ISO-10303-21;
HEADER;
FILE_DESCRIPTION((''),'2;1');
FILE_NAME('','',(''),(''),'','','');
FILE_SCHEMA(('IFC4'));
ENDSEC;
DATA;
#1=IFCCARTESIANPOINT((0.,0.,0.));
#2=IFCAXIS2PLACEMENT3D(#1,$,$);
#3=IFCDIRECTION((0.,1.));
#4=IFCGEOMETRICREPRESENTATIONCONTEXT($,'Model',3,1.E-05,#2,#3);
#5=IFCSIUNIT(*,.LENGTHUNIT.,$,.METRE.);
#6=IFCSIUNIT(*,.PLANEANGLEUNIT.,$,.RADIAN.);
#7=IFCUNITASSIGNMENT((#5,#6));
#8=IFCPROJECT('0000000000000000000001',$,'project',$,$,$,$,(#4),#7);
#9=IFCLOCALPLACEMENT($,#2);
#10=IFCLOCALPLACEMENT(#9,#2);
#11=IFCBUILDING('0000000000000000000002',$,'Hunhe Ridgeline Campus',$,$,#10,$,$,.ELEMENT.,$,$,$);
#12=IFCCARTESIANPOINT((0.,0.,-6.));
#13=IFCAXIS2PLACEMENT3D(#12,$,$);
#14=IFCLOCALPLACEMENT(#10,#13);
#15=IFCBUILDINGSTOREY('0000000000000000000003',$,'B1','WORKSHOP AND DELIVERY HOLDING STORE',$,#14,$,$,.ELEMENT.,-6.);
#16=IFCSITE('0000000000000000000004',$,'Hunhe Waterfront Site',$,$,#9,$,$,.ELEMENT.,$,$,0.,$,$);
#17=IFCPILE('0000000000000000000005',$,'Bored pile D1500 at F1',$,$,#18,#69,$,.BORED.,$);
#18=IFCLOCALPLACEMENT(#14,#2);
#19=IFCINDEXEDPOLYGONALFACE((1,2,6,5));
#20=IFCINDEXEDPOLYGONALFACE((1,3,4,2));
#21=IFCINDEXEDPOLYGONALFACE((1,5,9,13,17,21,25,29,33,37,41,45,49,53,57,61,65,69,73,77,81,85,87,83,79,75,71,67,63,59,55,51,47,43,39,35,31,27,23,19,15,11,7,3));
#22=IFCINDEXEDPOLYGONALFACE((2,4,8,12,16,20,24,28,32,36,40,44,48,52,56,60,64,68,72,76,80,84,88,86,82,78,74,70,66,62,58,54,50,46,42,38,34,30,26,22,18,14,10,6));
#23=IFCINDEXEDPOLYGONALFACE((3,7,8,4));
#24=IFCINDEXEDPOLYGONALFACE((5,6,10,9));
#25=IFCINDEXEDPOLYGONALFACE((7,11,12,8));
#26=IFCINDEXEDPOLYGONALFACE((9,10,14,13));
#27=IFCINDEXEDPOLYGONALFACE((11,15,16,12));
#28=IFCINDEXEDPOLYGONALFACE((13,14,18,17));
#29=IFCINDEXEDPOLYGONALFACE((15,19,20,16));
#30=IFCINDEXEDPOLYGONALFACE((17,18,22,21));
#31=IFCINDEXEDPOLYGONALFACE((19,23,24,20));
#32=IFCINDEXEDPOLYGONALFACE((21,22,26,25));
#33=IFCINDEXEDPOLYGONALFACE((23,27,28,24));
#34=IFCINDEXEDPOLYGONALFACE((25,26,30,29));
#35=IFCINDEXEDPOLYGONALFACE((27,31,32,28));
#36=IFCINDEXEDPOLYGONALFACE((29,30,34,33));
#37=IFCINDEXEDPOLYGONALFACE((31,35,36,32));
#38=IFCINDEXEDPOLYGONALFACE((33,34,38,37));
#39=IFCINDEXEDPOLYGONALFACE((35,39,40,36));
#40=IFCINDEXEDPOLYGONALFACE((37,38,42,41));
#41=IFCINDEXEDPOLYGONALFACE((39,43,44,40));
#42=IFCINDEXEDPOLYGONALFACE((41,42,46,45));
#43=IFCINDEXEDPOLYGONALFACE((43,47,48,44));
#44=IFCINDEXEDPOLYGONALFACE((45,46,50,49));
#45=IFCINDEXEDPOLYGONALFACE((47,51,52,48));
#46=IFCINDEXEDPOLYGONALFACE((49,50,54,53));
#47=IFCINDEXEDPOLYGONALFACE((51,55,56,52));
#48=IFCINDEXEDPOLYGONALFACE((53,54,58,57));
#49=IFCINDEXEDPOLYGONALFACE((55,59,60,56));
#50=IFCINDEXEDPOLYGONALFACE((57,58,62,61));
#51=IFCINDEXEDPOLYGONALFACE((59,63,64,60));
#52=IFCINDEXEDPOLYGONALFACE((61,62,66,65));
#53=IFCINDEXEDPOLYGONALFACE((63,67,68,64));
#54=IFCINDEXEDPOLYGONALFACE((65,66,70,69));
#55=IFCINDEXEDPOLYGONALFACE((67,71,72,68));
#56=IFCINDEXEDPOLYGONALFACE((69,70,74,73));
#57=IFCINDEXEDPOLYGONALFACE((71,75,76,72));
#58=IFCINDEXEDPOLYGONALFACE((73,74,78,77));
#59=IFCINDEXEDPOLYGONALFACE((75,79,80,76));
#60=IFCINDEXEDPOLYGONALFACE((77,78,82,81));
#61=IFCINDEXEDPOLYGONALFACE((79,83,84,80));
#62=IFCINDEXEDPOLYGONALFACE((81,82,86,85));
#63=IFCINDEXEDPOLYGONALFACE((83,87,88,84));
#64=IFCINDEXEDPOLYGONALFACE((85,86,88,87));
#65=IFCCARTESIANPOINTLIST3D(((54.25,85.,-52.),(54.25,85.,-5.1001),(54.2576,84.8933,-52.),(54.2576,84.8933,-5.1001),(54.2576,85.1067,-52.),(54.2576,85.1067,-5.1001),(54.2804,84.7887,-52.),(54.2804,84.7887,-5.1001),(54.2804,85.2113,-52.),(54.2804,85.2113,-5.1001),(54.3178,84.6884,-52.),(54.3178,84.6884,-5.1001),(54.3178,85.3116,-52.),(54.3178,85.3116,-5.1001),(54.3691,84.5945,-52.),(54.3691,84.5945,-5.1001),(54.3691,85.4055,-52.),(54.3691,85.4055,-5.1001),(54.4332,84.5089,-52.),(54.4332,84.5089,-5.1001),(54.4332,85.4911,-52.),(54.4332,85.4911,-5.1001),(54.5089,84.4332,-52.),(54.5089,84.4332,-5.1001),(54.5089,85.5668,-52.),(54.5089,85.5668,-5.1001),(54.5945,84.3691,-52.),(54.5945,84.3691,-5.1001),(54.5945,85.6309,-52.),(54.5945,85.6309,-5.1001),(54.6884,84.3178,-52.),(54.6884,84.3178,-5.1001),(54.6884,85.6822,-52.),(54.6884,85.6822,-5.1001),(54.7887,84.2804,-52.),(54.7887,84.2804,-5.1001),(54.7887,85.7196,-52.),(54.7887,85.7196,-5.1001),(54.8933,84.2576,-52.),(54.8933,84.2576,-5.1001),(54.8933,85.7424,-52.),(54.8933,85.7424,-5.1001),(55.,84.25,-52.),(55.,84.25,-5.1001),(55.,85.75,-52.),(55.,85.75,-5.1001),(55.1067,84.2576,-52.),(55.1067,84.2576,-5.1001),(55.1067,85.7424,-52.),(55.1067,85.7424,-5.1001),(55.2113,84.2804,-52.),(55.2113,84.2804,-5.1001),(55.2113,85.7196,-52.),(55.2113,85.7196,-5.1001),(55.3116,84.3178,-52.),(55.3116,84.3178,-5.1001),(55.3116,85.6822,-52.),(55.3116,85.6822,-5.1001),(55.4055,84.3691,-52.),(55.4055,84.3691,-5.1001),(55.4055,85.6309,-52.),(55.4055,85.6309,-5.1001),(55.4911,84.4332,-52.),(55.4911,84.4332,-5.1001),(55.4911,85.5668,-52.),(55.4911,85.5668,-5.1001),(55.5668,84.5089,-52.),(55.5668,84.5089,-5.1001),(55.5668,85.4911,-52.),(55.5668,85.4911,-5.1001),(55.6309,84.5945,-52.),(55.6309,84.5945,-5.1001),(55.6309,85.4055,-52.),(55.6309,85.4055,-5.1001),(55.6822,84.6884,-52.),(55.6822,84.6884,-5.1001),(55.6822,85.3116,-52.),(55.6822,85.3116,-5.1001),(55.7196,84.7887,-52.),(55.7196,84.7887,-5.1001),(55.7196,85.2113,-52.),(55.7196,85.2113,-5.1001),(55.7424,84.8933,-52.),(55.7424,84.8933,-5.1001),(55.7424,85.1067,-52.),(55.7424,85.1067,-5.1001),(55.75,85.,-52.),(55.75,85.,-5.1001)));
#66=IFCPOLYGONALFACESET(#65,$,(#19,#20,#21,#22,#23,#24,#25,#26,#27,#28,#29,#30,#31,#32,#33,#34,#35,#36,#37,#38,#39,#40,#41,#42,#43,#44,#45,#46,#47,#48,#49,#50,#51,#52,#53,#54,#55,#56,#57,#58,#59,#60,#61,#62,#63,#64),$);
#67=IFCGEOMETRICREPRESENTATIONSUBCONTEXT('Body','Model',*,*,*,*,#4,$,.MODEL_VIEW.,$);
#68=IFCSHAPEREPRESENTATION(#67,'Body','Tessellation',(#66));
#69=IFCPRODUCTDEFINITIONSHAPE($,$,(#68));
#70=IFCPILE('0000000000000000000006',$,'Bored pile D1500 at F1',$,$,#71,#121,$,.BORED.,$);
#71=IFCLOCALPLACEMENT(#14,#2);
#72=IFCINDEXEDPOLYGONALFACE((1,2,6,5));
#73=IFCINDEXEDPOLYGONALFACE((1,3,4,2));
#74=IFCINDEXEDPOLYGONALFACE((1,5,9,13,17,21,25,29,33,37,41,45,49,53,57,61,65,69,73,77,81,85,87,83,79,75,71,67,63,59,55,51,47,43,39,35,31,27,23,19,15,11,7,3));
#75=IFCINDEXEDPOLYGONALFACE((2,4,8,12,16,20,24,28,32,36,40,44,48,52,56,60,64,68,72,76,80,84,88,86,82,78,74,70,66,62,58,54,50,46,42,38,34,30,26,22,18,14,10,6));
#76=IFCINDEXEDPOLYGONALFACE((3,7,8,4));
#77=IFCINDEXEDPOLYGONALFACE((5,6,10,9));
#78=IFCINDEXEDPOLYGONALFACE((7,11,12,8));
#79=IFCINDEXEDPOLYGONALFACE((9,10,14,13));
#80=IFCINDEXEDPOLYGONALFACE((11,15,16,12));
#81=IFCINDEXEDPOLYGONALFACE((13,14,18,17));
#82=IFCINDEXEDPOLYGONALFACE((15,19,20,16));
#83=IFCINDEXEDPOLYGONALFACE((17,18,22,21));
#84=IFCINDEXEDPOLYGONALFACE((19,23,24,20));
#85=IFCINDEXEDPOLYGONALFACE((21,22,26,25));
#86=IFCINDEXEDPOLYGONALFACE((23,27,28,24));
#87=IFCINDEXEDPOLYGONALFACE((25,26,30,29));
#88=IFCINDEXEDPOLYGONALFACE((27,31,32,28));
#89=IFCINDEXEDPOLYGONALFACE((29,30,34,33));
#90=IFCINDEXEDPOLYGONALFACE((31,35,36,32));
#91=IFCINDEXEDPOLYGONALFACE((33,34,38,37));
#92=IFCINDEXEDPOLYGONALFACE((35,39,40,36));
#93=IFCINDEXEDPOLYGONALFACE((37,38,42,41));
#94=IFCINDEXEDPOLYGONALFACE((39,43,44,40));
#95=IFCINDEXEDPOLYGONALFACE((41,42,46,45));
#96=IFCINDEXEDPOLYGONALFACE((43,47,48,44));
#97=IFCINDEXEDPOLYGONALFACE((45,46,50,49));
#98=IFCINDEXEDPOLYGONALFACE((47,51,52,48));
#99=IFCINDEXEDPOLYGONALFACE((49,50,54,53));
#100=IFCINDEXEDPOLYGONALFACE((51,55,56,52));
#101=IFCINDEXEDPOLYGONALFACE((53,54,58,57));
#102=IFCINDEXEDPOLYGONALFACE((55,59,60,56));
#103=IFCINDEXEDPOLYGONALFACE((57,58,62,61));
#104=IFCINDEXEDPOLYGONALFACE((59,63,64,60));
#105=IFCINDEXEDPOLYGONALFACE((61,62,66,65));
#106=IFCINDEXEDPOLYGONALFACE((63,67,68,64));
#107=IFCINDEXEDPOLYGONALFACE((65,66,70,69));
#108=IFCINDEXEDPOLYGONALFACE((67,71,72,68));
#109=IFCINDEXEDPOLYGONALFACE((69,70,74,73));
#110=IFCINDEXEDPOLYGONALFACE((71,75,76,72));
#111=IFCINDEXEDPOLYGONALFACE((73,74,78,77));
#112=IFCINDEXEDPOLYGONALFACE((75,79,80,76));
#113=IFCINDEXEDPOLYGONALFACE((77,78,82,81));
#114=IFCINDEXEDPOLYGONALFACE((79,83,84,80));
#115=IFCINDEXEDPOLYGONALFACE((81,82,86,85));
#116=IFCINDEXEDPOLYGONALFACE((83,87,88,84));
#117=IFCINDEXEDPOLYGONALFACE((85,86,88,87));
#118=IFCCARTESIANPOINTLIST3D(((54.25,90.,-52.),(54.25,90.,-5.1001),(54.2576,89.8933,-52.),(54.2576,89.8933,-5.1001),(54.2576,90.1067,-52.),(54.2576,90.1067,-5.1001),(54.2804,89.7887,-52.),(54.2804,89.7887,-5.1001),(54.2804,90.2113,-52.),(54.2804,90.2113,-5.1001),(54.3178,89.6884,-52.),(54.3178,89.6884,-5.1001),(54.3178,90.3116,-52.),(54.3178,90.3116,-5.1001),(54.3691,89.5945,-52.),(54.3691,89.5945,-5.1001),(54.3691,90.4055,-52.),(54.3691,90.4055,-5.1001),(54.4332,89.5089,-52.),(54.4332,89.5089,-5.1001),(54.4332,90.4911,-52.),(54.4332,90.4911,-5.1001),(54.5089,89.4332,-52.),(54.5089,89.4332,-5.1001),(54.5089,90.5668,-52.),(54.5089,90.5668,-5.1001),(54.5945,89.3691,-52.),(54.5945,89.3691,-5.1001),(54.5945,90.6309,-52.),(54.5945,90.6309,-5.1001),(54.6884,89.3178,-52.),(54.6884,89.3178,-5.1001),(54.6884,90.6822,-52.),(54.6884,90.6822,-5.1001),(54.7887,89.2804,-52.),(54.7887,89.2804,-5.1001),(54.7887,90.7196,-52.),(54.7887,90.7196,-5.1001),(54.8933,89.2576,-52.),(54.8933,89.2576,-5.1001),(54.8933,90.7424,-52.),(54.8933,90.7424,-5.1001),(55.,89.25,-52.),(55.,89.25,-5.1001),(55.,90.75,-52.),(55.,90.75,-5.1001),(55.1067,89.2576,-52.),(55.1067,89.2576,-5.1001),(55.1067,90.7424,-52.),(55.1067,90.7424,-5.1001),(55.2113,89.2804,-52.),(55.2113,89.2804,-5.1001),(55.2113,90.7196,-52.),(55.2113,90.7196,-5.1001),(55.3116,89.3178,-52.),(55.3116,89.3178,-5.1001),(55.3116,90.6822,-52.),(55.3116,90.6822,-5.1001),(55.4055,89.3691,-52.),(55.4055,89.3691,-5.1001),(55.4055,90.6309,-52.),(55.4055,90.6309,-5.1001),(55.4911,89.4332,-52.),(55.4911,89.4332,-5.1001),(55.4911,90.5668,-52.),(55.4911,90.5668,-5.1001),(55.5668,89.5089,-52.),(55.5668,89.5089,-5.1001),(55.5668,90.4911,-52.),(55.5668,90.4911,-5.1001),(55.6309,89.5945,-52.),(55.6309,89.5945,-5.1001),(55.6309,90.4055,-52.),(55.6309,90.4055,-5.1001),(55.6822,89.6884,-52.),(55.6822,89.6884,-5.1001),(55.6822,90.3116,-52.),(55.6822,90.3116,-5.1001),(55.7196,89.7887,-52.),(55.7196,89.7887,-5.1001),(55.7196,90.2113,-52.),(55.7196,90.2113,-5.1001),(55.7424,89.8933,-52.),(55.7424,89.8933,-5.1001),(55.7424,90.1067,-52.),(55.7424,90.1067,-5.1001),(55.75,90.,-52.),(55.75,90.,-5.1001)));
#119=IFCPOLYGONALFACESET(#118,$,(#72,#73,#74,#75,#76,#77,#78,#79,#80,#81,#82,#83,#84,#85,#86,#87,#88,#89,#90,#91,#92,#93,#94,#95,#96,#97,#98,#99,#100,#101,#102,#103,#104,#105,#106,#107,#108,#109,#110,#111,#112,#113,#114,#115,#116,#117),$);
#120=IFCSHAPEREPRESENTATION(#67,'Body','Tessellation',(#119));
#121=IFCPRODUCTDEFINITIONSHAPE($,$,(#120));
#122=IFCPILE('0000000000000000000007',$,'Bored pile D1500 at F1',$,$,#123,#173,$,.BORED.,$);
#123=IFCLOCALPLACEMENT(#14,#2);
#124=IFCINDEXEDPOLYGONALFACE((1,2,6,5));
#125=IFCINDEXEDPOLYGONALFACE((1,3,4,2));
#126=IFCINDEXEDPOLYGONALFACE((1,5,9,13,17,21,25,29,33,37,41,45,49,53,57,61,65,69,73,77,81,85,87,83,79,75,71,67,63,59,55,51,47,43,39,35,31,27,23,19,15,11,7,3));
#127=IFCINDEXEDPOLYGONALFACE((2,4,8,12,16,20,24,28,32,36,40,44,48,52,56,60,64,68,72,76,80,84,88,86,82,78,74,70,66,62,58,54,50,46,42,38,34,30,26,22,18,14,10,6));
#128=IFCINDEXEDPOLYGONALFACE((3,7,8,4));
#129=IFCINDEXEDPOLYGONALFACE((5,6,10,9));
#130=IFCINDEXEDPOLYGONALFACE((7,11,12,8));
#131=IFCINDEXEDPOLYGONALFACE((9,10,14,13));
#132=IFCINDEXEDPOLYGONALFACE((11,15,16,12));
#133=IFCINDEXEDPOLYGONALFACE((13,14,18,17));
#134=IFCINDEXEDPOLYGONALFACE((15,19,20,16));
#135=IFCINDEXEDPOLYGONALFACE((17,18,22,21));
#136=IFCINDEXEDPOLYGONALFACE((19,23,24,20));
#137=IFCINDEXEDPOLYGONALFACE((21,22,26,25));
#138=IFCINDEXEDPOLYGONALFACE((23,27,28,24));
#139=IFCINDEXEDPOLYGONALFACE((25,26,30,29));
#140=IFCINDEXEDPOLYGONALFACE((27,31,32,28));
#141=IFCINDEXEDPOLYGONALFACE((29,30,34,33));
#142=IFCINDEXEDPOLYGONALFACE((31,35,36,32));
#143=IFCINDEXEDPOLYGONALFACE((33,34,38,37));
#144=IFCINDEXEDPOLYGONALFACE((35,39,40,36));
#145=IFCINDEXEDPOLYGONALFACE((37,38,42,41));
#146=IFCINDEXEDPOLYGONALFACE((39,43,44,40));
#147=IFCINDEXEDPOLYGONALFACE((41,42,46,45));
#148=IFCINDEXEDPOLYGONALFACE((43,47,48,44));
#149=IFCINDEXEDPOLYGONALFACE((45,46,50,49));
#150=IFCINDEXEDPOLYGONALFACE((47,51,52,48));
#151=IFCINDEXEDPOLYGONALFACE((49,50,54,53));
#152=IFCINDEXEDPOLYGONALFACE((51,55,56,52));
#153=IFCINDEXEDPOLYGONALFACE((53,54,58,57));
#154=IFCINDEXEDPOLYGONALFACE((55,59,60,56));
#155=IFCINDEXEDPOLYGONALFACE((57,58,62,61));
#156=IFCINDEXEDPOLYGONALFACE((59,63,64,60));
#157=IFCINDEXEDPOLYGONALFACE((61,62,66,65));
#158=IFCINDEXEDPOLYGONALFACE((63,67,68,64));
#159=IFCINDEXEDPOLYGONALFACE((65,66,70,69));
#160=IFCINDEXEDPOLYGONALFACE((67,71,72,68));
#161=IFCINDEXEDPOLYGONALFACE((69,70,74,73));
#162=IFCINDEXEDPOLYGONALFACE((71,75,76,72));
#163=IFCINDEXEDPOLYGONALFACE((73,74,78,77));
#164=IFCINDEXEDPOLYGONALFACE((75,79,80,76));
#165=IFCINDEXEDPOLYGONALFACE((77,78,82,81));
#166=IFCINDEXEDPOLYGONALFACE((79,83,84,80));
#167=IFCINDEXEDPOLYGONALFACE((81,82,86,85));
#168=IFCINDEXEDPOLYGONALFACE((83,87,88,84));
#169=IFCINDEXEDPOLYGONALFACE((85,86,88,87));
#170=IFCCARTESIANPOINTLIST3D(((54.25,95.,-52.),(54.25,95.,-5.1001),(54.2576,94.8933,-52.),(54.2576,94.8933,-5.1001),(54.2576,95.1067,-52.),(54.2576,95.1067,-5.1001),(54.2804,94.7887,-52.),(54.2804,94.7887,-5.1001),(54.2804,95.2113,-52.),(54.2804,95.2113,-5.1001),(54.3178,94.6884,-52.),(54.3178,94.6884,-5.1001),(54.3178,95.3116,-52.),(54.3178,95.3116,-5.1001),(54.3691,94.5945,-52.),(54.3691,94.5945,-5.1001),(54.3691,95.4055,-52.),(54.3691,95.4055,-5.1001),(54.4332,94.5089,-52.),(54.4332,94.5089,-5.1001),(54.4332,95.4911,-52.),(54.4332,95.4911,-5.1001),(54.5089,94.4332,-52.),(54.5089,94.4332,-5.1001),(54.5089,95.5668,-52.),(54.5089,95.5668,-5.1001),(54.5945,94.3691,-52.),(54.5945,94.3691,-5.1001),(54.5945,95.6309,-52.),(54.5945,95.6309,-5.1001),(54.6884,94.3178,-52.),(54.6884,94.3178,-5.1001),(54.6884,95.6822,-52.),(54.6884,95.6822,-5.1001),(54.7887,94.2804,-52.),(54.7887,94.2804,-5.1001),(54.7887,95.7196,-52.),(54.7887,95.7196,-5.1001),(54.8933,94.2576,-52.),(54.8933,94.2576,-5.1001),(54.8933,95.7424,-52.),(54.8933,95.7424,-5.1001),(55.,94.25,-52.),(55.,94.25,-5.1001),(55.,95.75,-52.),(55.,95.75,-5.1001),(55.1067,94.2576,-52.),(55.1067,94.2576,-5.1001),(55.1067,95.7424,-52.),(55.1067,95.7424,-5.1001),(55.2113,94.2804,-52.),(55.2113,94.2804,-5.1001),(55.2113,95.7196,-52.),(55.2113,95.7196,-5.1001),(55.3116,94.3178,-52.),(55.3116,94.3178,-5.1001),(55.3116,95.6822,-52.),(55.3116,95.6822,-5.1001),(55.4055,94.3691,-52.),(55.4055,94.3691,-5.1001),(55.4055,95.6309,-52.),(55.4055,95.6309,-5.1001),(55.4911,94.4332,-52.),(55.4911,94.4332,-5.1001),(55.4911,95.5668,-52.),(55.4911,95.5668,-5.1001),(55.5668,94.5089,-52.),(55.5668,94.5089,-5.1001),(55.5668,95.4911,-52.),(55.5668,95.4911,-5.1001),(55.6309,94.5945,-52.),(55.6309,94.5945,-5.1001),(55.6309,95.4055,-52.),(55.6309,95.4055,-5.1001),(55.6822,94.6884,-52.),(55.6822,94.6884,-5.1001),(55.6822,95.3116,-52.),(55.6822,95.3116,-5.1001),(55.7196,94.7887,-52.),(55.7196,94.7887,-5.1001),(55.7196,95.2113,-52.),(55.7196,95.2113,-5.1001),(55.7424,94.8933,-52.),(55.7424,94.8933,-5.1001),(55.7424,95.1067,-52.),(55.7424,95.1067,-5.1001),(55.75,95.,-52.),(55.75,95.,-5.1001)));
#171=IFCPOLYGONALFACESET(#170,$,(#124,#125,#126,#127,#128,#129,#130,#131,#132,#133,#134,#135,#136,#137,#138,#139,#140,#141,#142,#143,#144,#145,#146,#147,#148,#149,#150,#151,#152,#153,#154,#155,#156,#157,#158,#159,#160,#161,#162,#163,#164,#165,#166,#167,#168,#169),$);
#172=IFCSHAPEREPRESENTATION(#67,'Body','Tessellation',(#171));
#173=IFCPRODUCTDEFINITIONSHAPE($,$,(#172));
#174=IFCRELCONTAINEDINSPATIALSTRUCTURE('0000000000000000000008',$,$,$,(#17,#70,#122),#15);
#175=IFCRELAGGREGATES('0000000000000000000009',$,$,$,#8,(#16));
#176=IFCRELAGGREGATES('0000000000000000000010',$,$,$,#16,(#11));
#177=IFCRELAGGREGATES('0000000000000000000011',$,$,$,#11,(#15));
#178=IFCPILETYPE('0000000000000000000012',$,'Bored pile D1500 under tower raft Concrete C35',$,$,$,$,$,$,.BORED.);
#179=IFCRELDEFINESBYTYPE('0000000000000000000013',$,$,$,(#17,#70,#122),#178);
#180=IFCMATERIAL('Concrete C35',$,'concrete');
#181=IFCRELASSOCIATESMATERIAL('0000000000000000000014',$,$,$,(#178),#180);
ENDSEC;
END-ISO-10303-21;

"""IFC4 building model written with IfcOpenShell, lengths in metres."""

from ifc_helpers import new_model, si_unit, direction, frame, origin, origin_2d, place, context, subcontext, project, spatial, circle, extrude, material, material_profile, profile_set, type_object, element, save


model = new_model("IFC4")

# Units and contexts
model_context = context("Model", 3, precision=1e-05, world=origin(), true_north=direction((0.0, 1.0)))
body_context = subcontext(model_context, "Body", "Model", "MODEL_VIEW")
ifc_project = project(units=[si_unit("LENGTHUNIT", "METRE"), si_unit("PLANEANGLEUNIT", "RADIAN")], contexts=[model_context])

# Site, building, storey
site_placement = place(None, origin())
site = spatial("IfcSite", under=ifc_project, at=site_placement, Name="Hunhe Waterfront Site", CompositionType="ELEMENT", RefElevation=0.0)
building_placement = place(site_placement, origin())
building = spatial("IfcBuilding", under=site, at=building_placement, Name="Hunhe Ridgeline Campus", CompositionType="ELEMENT")
storey_placement = place(building_placement, frame((0.0, 0.0, -6.0)))
storey = spatial("IfcBuildingStorey", under=building, at=storey_placement, Name="B1", Description="WORKSHOP AND DELIVERY HOLDING STORE", CompositionType="ELEMENT", Elevation=-6.0)

# Piles
ifc_material_1 = material(Name="Concrete C35", Category="concrete")
ifc_material_profile_1 = material_profile(ifc_material_1, circle(Radius=0.75, at=origin_2d()))
ifc_profile_set_1 = profile_set([ifc_material_profile_1], Name="Concrete C35")
pile_type = type_object("IfcPileType", Name="Bored pile D1500 under tower raft Concrete C35", PredefinedType="BORED", material=ifc_profile_set_1)
for number, where, z_axis, x_axis, name in (
    (1, (55.0, 85.0, -5.1001), (0.0, 0.0, -1.0), (1.0, 0.0, 0.0), "Bored pile D1500 at F1"),
    (2, (55.0, 90.0, -5.1001), (0.0, 0.0, -1.0), (1.0, 0.0, 0.0), "Bored pile D1500 at F1"),
    (3, (55.0, 95.0, -5.1001), (0.0, 0.0, -1.0), (1.0, 0.0, 0.0), "Bored pile D1500 at F1"),
):
    element("IfcPile", number, at=place(storey_placement, frame(where, z_axis=z_axis, x_axis=x_axis)), inside=storey, type_object=pile_type, Name=name, PredefinedType="BORED", context=body_context, shape_type="SweptSolid", body=[
        extrude(circle(Radius=0.75, at=origin_2d()), origin(), (0.0, 0.0, 1.0), 46.8999),
    ])

save(model, "model.ifc")
